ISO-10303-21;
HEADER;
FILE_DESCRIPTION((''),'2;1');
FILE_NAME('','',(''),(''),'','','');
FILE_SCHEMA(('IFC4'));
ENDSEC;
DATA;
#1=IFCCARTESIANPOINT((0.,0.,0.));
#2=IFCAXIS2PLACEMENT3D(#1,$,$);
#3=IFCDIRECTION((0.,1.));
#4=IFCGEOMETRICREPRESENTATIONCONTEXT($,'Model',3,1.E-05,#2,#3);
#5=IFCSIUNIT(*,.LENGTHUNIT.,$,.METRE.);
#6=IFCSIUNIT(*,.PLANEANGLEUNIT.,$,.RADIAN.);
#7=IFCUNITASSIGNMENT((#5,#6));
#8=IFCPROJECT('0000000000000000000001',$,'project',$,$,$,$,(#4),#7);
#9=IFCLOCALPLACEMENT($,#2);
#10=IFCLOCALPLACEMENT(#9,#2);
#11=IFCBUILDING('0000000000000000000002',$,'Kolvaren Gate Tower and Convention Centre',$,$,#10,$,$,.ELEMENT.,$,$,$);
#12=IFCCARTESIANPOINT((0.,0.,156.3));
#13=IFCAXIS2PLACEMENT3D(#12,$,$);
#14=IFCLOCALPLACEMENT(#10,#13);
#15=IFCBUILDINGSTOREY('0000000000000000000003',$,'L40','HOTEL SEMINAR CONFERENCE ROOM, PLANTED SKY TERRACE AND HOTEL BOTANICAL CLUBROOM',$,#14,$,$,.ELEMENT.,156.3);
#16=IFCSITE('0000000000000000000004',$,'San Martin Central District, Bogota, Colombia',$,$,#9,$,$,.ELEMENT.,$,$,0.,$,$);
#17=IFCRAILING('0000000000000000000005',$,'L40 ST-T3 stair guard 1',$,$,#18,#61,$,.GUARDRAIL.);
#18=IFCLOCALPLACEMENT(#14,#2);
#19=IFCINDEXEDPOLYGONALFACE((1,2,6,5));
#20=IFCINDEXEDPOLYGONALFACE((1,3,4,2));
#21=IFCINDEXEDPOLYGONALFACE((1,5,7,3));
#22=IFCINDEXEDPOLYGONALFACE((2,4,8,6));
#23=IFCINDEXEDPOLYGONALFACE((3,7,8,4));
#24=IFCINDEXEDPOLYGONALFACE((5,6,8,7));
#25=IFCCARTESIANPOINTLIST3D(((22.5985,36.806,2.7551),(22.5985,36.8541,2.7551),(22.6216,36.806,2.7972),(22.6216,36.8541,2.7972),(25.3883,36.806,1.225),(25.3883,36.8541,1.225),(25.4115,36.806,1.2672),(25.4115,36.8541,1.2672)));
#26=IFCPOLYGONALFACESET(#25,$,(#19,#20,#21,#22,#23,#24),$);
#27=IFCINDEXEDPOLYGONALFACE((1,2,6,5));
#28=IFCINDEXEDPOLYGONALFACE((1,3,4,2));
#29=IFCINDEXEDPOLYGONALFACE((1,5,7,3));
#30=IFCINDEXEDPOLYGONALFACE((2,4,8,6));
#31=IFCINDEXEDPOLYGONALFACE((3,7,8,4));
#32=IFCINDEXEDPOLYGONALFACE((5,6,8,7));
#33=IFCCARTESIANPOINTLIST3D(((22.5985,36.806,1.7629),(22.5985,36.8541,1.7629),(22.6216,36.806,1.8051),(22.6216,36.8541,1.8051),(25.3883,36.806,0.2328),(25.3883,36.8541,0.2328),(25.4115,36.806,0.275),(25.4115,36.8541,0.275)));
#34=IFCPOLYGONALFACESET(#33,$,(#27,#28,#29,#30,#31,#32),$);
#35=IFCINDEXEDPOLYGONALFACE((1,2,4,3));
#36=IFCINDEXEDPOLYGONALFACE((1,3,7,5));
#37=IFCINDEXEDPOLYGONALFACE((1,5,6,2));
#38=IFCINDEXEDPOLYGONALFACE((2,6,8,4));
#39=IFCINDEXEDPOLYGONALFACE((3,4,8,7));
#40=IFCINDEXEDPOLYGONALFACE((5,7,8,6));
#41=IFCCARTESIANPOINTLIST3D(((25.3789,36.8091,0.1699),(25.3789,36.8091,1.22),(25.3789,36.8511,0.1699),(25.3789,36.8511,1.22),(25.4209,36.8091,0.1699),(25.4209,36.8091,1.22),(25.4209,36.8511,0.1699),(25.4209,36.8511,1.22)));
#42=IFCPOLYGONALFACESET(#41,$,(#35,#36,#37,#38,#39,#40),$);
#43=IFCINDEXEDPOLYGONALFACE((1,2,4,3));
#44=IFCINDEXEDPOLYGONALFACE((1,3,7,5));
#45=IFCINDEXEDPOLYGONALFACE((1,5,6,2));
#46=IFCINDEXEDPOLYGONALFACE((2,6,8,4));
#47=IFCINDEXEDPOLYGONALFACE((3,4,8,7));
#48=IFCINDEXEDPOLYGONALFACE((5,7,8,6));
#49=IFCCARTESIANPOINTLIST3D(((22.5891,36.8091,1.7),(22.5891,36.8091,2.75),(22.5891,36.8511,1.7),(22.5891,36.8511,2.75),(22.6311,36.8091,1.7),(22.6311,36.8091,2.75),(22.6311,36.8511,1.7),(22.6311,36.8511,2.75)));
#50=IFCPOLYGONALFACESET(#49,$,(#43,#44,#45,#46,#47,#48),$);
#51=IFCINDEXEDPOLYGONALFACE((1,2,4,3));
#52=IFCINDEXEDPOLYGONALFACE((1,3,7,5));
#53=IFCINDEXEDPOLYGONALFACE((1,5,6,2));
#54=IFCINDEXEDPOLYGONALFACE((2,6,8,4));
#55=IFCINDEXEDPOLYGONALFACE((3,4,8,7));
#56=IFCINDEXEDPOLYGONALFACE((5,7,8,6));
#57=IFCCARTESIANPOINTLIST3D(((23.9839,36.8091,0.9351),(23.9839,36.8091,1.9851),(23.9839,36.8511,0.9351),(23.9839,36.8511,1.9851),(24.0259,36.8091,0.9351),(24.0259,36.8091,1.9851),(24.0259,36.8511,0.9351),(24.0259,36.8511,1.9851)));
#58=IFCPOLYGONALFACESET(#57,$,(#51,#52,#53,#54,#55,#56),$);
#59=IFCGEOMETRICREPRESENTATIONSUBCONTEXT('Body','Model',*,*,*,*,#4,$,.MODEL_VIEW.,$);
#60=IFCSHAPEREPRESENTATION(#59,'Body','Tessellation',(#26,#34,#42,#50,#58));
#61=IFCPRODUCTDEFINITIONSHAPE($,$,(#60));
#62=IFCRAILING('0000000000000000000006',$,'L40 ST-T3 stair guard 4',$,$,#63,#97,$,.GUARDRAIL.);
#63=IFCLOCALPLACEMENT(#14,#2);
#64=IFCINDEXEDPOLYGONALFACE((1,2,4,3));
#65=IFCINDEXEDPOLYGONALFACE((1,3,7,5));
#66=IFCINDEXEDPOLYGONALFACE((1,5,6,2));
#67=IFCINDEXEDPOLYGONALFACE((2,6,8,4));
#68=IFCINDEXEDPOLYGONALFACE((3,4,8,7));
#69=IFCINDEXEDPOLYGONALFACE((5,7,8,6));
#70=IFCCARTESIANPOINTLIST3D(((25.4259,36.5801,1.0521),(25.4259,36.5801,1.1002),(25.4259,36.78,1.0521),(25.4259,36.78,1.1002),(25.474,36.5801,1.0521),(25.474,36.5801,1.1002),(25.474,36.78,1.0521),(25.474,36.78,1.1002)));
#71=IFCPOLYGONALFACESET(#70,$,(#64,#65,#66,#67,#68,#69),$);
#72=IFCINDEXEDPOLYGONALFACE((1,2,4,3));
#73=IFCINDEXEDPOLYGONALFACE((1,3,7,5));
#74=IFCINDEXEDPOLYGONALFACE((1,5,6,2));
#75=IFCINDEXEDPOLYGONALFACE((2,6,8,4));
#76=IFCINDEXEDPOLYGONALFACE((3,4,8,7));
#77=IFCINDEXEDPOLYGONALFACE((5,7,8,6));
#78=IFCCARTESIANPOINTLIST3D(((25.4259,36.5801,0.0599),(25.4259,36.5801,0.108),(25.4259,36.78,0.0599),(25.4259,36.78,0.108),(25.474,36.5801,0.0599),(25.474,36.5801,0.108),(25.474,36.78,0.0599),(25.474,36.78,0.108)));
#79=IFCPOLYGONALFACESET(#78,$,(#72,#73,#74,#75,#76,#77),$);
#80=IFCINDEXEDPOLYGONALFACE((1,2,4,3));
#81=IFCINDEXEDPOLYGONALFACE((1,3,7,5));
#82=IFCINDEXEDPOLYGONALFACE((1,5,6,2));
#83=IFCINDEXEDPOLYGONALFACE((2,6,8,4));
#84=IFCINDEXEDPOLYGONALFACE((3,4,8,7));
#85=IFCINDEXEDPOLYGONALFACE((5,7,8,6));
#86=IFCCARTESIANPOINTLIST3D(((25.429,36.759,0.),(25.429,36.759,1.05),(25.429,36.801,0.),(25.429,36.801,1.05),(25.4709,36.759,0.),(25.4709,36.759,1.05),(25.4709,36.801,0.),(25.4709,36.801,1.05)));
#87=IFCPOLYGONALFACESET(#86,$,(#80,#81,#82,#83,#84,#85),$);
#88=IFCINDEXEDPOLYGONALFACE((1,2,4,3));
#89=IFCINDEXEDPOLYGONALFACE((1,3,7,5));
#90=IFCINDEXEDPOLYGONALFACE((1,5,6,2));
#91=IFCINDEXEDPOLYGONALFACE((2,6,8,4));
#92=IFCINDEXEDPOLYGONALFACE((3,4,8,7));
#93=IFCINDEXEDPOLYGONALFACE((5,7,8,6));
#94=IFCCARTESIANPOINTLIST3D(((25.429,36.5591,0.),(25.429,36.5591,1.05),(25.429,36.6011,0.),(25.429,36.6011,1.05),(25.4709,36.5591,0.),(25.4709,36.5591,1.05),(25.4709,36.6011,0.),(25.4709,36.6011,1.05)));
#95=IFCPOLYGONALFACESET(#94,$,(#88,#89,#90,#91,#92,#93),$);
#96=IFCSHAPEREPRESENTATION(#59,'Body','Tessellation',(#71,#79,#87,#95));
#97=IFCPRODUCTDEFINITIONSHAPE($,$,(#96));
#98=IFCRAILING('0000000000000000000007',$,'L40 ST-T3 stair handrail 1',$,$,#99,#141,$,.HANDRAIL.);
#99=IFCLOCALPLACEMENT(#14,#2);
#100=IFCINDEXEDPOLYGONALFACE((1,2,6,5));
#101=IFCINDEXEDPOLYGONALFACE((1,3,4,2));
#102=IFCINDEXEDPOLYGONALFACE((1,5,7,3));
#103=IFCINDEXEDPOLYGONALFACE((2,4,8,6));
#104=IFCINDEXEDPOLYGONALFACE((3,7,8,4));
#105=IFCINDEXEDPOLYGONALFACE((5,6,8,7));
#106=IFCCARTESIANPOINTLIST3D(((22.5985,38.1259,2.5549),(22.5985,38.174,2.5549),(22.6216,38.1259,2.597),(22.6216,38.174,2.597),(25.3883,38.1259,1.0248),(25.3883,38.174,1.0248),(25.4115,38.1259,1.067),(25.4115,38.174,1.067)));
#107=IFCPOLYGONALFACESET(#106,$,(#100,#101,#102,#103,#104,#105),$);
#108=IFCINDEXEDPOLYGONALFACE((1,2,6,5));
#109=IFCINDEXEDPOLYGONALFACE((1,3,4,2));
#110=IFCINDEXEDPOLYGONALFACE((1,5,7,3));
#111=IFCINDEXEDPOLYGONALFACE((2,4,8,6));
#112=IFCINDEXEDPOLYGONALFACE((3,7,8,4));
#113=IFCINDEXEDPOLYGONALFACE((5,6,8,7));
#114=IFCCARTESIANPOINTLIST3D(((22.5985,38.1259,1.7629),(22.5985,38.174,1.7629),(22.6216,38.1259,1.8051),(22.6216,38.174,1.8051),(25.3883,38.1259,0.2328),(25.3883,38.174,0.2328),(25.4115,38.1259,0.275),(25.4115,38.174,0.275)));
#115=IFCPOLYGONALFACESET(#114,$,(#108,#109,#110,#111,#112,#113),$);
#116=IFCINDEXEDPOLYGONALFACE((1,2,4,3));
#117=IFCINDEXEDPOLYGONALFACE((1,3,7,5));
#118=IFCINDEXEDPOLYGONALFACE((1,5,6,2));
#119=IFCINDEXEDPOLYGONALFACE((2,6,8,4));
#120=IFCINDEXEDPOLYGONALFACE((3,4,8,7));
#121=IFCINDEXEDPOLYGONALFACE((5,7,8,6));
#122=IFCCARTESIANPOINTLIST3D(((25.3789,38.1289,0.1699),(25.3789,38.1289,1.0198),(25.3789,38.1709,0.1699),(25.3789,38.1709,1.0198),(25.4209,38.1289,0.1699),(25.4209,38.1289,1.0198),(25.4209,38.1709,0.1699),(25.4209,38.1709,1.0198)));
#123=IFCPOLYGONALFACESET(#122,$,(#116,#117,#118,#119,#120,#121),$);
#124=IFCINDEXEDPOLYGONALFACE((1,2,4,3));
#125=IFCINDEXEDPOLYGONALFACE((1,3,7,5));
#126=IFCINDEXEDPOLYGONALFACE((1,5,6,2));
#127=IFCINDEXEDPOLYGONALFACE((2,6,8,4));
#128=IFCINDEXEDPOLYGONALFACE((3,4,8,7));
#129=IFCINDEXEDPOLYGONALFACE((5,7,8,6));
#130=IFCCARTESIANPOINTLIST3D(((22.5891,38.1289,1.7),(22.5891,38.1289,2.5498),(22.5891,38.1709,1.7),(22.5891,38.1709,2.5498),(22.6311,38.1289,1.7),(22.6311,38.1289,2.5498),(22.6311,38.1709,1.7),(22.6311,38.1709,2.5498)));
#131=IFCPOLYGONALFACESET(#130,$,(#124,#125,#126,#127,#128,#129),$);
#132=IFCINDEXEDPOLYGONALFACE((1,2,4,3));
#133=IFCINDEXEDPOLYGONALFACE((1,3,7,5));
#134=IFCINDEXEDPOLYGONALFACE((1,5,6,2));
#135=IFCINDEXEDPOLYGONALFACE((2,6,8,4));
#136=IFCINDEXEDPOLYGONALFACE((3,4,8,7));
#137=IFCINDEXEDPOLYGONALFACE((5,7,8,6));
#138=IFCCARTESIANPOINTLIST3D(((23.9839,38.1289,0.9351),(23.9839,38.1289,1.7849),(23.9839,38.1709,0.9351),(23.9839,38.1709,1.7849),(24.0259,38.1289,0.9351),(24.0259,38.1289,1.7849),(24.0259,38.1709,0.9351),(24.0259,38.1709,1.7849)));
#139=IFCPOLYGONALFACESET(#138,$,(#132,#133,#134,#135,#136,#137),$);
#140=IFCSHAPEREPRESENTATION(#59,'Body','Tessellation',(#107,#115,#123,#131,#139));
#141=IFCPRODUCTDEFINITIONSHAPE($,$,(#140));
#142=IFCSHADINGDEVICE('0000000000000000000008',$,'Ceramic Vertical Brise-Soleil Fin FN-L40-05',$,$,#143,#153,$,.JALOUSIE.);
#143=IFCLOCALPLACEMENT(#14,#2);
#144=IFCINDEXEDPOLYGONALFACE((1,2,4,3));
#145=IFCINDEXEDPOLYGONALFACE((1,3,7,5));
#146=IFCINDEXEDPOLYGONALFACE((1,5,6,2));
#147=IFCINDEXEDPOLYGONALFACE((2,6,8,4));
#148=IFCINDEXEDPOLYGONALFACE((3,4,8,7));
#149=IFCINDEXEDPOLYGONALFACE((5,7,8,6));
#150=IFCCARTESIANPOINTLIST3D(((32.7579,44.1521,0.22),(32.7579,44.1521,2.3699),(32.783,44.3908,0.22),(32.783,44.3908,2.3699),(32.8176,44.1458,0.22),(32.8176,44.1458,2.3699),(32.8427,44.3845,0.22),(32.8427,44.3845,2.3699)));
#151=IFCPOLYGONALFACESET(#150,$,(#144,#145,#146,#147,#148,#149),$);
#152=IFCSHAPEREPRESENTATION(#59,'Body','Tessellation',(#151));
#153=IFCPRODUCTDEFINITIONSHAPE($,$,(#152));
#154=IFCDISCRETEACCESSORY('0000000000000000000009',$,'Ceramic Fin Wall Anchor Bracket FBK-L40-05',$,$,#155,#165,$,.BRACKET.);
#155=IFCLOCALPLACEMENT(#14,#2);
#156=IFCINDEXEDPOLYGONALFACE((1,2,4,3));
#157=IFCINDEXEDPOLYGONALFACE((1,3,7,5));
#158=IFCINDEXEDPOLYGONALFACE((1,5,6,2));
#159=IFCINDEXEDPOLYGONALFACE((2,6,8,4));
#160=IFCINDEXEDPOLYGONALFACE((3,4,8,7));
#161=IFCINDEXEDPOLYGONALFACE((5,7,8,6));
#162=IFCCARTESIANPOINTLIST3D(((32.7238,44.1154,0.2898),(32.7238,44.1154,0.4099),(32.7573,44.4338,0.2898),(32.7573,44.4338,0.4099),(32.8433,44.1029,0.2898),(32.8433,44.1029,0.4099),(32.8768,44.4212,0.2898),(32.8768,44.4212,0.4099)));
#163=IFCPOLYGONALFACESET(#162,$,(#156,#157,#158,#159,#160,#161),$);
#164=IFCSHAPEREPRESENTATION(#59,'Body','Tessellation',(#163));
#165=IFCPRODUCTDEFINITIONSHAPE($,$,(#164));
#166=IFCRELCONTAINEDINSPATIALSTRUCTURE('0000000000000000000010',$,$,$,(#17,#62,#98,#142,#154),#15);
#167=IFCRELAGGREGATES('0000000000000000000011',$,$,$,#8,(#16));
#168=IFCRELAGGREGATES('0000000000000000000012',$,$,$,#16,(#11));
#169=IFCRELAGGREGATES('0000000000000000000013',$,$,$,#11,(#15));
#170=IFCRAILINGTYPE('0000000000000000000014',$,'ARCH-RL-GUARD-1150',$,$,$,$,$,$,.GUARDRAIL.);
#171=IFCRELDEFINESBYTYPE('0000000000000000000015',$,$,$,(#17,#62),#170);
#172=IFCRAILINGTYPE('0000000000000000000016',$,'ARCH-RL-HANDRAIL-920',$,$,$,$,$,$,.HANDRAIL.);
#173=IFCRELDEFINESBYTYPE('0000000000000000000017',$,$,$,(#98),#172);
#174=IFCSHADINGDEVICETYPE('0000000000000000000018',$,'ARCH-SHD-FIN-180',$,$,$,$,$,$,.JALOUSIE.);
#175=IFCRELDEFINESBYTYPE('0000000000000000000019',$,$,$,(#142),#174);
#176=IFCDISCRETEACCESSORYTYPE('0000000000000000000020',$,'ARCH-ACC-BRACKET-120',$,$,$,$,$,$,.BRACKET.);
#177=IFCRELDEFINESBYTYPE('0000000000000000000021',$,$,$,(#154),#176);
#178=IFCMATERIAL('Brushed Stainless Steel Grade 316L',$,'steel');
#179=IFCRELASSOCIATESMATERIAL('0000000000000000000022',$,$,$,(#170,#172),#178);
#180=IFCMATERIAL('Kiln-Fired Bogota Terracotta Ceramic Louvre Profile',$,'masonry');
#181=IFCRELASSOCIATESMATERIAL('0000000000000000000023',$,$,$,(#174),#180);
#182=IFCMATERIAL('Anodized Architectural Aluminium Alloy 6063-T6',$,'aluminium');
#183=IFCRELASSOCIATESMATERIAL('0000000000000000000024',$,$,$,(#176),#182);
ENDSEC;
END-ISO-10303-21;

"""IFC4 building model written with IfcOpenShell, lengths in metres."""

from ifc_helpers import new_model, si_unit, direction, frame, origin, origin_2d, place, context, subcontext, project, spatial, rectangle, extrude, material, type_object, element, save


model = new_model("IFC4")

# Units and contexts
model_context = context("Model", 3, precision=1e-05, world=origin(), true_north=direction((0.0, 1.0)))
body_context = subcontext(model_context, "Body", "Model", "MODEL_VIEW")
ifc_project = project(units=[si_unit("LENGTHUNIT", "METRE"), si_unit("PLANEANGLEUNIT", "RADIAN")], contexts=[model_context])

# Site, building, storey
site_placement = place(None, origin())
site = spatial("IfcSite", under=ifc_project, at=site_placement, Name="San Martin Central District, Bogota, Colombia", CompositionType="ELEMENT", RefElevation=0.0)
building_placement = place(site_placement, origin())
building = spatial("IfcBuilding", under=site, at=building_placement, Name="Kolvaren Gate Tower and Convention Centre", CompositionType="ELEMENT")
storey_placement = place(building_placement, frame((0.0, 0.0, 156.3)))
storey = spatial("IfcBuildingStorey", under=building, at=storey_placement, Name="L40", Description="HOTEL SEMINAR CONFERENCE ROOM, PLANTED SKY TERRACE AND HOTEL BOTANICAL CLUBROOM", CompositionType="ELEMENT", Elevation=156.3)

# Railings
ifc_material_1 = material(Name="Brushed Stainless Steel Grade 316L", Category="steel")
railing_type_1 = type_object("IfcRailingType", Name="ARCH-RL-GUARD-1150", PredefinedType="GUARDRAIL", material=ifc_material_1)
railing_1_placement = place(storey_placement, frame((25.3999, 36.8301, 0.1699)))
element("IfcRailing", 1, at=railing_1_placement, inside=storey, type_object=railing_type_1, Name="L40 ST-T3 stair guard 1", PredefinedType="GUARDRAIL", context=body_context, shape_type="SweptSolid", body=[
    extrude(rectangle(XDim=0.0481, YDim=0.0481, at=origin_2d()), frame((0.0, 0.0, 1.0762), z_axis=(-0.876794, 0.0, 0.480867), x_axis=(0.0, -1.0, 0.0)), (0.0, 0.0, 1.0), 3.1819),
    extrude(rectangle(XDim=0.0481, YDim=0.0481, at=origin_2d()), frame((0.0, 0.0, 0.084), z_axis=(-0.876794, 0.0, 0.480867), x_axis=(0.0, -1.0, 0.0)), (0.0, 0.0, 1.0), 3.1819),
    extrude(rectangle(XDim=0.042, YDim=0.042, at=origin_2d()), origin(), (0.0, 0.0, 1.0), 1.05),
    extrude(rectangle(XDim=0.042, YDim=0.042, at=origin_2d()), frame((-2.7898, 0.0, 1.53)), (0.0, 0.0, 1.0), 1.05),
    extrude(rectangle(XDim=0.042, YDim=0.042, at=origin_2d()), frame((-1.395, 0.0, 0.7651)), (0.0, 0.0, 1.0), 1.05),
])
railing_2_placement = place(storey_placement, frame((25.45, 36.78, 0.0)))
element("IfcRailing", 2, at=railing_2_placement, inside=storey, type_object=railing_type_1, Name="L40 ST-T3 stair guard 4", PredefinedType="GUARDRAIL", context=body_context, shape_type="SweptSolid", body=[
    extrude(rectangle(XDim=0.0481, YDim=0.0481, at=origin_2d()), frame((0.0, 0.0, 1.0762), z_axis=(0.0, -1.0, 0.0), x_axis=(1.0, 0.0, 0.0)), (0.0, 0.0, 1.0), 0.2),
    extrude(rectangle(XDim=0.0481, YDim=0.0481, at=origin_2d()), frame((0.0, 0.0, 0.084), z_axis=(0.0, -1.0, 0.0), x_axis=(1.0, 0.0, 0.0)), (0.0, 0.0, 1.0), 0.2),
    extrude(rectangle(XDim=0.042, YDim=0.042, at=origin_2d()), origin(), (0.0, 0.0, 1.0), 1.05),
    extrude(rectangle(XDim=0.042, YDim=0.042, at=origin_2d()), frame((0.0, -0.2, 0.0)), (0.0, 0.0, 1.0), 1.05),
])
railing_type_2 = type_object("IfcRailingType", Name="ARCH-RL-HANDRAIL-920", PredefinedType="HANDRAIL", material=ifc_material_1)
railing_3_placement = place(storey_placement, frame((25.3999, 38.1499, 0.1699)))
element("IfcRailing", 3, at=railing_3_placement, inside=storey, type_object=railing_type_2, Name="L40 ST-T3 stair handrail 1", PredefinedType="HANDRAIL", context=body_context, shape_type="SweptSolid", body=[
    extrude(rectangle(XDim=0.0481, YDim=0.0481, at=origin_2d()), frame((0.0, 0.0, 0.876), z_axis=(-0.876794, 0.0, 0.480867), x_axis=(0.0, -1.0, 0.0)), (0.0, 0.0, 1.0), 3.1819),
    extrude(rectangle(XDim=0.0481, YDim=0.0481, at=origin_2d()), frame((0.0, 0.0, 0.084), z_axis=(-0.876794, 0.0, 0.480867), x_axis=(0.0, -1.0, 0.0)), (0.0, 0.0, 1.0), 3.1819),
    extrude(rectangle(XDim=0.042, YDim=0.042, at=origin_2d()), origin(), (0.0, 0.0, 1.0), 0.8499),
    extrude(rectangle(XDim=0.042, YDim=0.042, at=origin_2d()), frame((-2.7898, 0.0, 1.53)), (0.0, 0.0, 1.0), 0.8499),
    extrude(rectangle(XDim=0.042, YDim=0.042, at=origin_2d()), frame((-1.395, 0.0, 0.7651)), (0.0, 0.0, 1.0), 0.8499),
])

# Shading device
ifc_material_2 = material(Name="Kiln-Fired Bogota Terracotta Ceramic Louvre Profile", Category="masonry")
shading_device_type = type_object("IfcShadingDeviceType", Name="ARCH-SHD-FIN-180", PredefinedType="JALOUSIE", material=ifc_material_2)
shading_device_placement = place(storey_placement, frame((32.8003, 44.2683, 0.22), z_axis=(0.0, 0.0, 1.0), x_axis=(0.994499, -0.104744, 0.0)))
element("IfcShadingDevice", 4, at=shading_device_placement, inside=storey, type_object=shading_device_type, Name="Ceramic Vertical Brise-Soleil Fin FN-L40-05", PredefinedType="JALOUSIE", context=body_context, shape_type="SweptSolid", body=[
    extrude(rectangle(XDim=0.0601, YDim=0.24, at=origin_2d()), origin(), (0.0, 0.0, 1.0), 2.1499),
])

# Discrete accessory
ifc_material_3 = material(Name="Anodized Architectural Aluminium Alloy 6063-T6", Category="aluminium")
discrete_accessory_type = type_object("IfcDiscreteAccessoryType", Name="ARCH-ACC-BRACKET-120", PredefinedType="BRACKET", material=ifc_material_3)
discrete_accessory_placement = place(storey_placement, frame((32.8003, 44.2683, 0.2898), z_axis=(0.0, 0.0, 1.0), x_axis=(0.994499, -0.104744, 0.0)))
element("IfcDiscreteAccessory", 5, at=discrete_accessory_placement, inside=storey, type_object=discrete_accessory_type, Name="Ceramic Fin Wall Anchor Bracket FBK-L40-05", PredefinedType="BRACKET", context=body_context, shape_type="SweptSolid", body=[
    extrude(rectangle(XDim=0.1201, YDim=0.3201, at=origin_2d()), origin(), (0.0, 0.0, 1.0), 0.1201),
])

save(model, "model.ifc")
